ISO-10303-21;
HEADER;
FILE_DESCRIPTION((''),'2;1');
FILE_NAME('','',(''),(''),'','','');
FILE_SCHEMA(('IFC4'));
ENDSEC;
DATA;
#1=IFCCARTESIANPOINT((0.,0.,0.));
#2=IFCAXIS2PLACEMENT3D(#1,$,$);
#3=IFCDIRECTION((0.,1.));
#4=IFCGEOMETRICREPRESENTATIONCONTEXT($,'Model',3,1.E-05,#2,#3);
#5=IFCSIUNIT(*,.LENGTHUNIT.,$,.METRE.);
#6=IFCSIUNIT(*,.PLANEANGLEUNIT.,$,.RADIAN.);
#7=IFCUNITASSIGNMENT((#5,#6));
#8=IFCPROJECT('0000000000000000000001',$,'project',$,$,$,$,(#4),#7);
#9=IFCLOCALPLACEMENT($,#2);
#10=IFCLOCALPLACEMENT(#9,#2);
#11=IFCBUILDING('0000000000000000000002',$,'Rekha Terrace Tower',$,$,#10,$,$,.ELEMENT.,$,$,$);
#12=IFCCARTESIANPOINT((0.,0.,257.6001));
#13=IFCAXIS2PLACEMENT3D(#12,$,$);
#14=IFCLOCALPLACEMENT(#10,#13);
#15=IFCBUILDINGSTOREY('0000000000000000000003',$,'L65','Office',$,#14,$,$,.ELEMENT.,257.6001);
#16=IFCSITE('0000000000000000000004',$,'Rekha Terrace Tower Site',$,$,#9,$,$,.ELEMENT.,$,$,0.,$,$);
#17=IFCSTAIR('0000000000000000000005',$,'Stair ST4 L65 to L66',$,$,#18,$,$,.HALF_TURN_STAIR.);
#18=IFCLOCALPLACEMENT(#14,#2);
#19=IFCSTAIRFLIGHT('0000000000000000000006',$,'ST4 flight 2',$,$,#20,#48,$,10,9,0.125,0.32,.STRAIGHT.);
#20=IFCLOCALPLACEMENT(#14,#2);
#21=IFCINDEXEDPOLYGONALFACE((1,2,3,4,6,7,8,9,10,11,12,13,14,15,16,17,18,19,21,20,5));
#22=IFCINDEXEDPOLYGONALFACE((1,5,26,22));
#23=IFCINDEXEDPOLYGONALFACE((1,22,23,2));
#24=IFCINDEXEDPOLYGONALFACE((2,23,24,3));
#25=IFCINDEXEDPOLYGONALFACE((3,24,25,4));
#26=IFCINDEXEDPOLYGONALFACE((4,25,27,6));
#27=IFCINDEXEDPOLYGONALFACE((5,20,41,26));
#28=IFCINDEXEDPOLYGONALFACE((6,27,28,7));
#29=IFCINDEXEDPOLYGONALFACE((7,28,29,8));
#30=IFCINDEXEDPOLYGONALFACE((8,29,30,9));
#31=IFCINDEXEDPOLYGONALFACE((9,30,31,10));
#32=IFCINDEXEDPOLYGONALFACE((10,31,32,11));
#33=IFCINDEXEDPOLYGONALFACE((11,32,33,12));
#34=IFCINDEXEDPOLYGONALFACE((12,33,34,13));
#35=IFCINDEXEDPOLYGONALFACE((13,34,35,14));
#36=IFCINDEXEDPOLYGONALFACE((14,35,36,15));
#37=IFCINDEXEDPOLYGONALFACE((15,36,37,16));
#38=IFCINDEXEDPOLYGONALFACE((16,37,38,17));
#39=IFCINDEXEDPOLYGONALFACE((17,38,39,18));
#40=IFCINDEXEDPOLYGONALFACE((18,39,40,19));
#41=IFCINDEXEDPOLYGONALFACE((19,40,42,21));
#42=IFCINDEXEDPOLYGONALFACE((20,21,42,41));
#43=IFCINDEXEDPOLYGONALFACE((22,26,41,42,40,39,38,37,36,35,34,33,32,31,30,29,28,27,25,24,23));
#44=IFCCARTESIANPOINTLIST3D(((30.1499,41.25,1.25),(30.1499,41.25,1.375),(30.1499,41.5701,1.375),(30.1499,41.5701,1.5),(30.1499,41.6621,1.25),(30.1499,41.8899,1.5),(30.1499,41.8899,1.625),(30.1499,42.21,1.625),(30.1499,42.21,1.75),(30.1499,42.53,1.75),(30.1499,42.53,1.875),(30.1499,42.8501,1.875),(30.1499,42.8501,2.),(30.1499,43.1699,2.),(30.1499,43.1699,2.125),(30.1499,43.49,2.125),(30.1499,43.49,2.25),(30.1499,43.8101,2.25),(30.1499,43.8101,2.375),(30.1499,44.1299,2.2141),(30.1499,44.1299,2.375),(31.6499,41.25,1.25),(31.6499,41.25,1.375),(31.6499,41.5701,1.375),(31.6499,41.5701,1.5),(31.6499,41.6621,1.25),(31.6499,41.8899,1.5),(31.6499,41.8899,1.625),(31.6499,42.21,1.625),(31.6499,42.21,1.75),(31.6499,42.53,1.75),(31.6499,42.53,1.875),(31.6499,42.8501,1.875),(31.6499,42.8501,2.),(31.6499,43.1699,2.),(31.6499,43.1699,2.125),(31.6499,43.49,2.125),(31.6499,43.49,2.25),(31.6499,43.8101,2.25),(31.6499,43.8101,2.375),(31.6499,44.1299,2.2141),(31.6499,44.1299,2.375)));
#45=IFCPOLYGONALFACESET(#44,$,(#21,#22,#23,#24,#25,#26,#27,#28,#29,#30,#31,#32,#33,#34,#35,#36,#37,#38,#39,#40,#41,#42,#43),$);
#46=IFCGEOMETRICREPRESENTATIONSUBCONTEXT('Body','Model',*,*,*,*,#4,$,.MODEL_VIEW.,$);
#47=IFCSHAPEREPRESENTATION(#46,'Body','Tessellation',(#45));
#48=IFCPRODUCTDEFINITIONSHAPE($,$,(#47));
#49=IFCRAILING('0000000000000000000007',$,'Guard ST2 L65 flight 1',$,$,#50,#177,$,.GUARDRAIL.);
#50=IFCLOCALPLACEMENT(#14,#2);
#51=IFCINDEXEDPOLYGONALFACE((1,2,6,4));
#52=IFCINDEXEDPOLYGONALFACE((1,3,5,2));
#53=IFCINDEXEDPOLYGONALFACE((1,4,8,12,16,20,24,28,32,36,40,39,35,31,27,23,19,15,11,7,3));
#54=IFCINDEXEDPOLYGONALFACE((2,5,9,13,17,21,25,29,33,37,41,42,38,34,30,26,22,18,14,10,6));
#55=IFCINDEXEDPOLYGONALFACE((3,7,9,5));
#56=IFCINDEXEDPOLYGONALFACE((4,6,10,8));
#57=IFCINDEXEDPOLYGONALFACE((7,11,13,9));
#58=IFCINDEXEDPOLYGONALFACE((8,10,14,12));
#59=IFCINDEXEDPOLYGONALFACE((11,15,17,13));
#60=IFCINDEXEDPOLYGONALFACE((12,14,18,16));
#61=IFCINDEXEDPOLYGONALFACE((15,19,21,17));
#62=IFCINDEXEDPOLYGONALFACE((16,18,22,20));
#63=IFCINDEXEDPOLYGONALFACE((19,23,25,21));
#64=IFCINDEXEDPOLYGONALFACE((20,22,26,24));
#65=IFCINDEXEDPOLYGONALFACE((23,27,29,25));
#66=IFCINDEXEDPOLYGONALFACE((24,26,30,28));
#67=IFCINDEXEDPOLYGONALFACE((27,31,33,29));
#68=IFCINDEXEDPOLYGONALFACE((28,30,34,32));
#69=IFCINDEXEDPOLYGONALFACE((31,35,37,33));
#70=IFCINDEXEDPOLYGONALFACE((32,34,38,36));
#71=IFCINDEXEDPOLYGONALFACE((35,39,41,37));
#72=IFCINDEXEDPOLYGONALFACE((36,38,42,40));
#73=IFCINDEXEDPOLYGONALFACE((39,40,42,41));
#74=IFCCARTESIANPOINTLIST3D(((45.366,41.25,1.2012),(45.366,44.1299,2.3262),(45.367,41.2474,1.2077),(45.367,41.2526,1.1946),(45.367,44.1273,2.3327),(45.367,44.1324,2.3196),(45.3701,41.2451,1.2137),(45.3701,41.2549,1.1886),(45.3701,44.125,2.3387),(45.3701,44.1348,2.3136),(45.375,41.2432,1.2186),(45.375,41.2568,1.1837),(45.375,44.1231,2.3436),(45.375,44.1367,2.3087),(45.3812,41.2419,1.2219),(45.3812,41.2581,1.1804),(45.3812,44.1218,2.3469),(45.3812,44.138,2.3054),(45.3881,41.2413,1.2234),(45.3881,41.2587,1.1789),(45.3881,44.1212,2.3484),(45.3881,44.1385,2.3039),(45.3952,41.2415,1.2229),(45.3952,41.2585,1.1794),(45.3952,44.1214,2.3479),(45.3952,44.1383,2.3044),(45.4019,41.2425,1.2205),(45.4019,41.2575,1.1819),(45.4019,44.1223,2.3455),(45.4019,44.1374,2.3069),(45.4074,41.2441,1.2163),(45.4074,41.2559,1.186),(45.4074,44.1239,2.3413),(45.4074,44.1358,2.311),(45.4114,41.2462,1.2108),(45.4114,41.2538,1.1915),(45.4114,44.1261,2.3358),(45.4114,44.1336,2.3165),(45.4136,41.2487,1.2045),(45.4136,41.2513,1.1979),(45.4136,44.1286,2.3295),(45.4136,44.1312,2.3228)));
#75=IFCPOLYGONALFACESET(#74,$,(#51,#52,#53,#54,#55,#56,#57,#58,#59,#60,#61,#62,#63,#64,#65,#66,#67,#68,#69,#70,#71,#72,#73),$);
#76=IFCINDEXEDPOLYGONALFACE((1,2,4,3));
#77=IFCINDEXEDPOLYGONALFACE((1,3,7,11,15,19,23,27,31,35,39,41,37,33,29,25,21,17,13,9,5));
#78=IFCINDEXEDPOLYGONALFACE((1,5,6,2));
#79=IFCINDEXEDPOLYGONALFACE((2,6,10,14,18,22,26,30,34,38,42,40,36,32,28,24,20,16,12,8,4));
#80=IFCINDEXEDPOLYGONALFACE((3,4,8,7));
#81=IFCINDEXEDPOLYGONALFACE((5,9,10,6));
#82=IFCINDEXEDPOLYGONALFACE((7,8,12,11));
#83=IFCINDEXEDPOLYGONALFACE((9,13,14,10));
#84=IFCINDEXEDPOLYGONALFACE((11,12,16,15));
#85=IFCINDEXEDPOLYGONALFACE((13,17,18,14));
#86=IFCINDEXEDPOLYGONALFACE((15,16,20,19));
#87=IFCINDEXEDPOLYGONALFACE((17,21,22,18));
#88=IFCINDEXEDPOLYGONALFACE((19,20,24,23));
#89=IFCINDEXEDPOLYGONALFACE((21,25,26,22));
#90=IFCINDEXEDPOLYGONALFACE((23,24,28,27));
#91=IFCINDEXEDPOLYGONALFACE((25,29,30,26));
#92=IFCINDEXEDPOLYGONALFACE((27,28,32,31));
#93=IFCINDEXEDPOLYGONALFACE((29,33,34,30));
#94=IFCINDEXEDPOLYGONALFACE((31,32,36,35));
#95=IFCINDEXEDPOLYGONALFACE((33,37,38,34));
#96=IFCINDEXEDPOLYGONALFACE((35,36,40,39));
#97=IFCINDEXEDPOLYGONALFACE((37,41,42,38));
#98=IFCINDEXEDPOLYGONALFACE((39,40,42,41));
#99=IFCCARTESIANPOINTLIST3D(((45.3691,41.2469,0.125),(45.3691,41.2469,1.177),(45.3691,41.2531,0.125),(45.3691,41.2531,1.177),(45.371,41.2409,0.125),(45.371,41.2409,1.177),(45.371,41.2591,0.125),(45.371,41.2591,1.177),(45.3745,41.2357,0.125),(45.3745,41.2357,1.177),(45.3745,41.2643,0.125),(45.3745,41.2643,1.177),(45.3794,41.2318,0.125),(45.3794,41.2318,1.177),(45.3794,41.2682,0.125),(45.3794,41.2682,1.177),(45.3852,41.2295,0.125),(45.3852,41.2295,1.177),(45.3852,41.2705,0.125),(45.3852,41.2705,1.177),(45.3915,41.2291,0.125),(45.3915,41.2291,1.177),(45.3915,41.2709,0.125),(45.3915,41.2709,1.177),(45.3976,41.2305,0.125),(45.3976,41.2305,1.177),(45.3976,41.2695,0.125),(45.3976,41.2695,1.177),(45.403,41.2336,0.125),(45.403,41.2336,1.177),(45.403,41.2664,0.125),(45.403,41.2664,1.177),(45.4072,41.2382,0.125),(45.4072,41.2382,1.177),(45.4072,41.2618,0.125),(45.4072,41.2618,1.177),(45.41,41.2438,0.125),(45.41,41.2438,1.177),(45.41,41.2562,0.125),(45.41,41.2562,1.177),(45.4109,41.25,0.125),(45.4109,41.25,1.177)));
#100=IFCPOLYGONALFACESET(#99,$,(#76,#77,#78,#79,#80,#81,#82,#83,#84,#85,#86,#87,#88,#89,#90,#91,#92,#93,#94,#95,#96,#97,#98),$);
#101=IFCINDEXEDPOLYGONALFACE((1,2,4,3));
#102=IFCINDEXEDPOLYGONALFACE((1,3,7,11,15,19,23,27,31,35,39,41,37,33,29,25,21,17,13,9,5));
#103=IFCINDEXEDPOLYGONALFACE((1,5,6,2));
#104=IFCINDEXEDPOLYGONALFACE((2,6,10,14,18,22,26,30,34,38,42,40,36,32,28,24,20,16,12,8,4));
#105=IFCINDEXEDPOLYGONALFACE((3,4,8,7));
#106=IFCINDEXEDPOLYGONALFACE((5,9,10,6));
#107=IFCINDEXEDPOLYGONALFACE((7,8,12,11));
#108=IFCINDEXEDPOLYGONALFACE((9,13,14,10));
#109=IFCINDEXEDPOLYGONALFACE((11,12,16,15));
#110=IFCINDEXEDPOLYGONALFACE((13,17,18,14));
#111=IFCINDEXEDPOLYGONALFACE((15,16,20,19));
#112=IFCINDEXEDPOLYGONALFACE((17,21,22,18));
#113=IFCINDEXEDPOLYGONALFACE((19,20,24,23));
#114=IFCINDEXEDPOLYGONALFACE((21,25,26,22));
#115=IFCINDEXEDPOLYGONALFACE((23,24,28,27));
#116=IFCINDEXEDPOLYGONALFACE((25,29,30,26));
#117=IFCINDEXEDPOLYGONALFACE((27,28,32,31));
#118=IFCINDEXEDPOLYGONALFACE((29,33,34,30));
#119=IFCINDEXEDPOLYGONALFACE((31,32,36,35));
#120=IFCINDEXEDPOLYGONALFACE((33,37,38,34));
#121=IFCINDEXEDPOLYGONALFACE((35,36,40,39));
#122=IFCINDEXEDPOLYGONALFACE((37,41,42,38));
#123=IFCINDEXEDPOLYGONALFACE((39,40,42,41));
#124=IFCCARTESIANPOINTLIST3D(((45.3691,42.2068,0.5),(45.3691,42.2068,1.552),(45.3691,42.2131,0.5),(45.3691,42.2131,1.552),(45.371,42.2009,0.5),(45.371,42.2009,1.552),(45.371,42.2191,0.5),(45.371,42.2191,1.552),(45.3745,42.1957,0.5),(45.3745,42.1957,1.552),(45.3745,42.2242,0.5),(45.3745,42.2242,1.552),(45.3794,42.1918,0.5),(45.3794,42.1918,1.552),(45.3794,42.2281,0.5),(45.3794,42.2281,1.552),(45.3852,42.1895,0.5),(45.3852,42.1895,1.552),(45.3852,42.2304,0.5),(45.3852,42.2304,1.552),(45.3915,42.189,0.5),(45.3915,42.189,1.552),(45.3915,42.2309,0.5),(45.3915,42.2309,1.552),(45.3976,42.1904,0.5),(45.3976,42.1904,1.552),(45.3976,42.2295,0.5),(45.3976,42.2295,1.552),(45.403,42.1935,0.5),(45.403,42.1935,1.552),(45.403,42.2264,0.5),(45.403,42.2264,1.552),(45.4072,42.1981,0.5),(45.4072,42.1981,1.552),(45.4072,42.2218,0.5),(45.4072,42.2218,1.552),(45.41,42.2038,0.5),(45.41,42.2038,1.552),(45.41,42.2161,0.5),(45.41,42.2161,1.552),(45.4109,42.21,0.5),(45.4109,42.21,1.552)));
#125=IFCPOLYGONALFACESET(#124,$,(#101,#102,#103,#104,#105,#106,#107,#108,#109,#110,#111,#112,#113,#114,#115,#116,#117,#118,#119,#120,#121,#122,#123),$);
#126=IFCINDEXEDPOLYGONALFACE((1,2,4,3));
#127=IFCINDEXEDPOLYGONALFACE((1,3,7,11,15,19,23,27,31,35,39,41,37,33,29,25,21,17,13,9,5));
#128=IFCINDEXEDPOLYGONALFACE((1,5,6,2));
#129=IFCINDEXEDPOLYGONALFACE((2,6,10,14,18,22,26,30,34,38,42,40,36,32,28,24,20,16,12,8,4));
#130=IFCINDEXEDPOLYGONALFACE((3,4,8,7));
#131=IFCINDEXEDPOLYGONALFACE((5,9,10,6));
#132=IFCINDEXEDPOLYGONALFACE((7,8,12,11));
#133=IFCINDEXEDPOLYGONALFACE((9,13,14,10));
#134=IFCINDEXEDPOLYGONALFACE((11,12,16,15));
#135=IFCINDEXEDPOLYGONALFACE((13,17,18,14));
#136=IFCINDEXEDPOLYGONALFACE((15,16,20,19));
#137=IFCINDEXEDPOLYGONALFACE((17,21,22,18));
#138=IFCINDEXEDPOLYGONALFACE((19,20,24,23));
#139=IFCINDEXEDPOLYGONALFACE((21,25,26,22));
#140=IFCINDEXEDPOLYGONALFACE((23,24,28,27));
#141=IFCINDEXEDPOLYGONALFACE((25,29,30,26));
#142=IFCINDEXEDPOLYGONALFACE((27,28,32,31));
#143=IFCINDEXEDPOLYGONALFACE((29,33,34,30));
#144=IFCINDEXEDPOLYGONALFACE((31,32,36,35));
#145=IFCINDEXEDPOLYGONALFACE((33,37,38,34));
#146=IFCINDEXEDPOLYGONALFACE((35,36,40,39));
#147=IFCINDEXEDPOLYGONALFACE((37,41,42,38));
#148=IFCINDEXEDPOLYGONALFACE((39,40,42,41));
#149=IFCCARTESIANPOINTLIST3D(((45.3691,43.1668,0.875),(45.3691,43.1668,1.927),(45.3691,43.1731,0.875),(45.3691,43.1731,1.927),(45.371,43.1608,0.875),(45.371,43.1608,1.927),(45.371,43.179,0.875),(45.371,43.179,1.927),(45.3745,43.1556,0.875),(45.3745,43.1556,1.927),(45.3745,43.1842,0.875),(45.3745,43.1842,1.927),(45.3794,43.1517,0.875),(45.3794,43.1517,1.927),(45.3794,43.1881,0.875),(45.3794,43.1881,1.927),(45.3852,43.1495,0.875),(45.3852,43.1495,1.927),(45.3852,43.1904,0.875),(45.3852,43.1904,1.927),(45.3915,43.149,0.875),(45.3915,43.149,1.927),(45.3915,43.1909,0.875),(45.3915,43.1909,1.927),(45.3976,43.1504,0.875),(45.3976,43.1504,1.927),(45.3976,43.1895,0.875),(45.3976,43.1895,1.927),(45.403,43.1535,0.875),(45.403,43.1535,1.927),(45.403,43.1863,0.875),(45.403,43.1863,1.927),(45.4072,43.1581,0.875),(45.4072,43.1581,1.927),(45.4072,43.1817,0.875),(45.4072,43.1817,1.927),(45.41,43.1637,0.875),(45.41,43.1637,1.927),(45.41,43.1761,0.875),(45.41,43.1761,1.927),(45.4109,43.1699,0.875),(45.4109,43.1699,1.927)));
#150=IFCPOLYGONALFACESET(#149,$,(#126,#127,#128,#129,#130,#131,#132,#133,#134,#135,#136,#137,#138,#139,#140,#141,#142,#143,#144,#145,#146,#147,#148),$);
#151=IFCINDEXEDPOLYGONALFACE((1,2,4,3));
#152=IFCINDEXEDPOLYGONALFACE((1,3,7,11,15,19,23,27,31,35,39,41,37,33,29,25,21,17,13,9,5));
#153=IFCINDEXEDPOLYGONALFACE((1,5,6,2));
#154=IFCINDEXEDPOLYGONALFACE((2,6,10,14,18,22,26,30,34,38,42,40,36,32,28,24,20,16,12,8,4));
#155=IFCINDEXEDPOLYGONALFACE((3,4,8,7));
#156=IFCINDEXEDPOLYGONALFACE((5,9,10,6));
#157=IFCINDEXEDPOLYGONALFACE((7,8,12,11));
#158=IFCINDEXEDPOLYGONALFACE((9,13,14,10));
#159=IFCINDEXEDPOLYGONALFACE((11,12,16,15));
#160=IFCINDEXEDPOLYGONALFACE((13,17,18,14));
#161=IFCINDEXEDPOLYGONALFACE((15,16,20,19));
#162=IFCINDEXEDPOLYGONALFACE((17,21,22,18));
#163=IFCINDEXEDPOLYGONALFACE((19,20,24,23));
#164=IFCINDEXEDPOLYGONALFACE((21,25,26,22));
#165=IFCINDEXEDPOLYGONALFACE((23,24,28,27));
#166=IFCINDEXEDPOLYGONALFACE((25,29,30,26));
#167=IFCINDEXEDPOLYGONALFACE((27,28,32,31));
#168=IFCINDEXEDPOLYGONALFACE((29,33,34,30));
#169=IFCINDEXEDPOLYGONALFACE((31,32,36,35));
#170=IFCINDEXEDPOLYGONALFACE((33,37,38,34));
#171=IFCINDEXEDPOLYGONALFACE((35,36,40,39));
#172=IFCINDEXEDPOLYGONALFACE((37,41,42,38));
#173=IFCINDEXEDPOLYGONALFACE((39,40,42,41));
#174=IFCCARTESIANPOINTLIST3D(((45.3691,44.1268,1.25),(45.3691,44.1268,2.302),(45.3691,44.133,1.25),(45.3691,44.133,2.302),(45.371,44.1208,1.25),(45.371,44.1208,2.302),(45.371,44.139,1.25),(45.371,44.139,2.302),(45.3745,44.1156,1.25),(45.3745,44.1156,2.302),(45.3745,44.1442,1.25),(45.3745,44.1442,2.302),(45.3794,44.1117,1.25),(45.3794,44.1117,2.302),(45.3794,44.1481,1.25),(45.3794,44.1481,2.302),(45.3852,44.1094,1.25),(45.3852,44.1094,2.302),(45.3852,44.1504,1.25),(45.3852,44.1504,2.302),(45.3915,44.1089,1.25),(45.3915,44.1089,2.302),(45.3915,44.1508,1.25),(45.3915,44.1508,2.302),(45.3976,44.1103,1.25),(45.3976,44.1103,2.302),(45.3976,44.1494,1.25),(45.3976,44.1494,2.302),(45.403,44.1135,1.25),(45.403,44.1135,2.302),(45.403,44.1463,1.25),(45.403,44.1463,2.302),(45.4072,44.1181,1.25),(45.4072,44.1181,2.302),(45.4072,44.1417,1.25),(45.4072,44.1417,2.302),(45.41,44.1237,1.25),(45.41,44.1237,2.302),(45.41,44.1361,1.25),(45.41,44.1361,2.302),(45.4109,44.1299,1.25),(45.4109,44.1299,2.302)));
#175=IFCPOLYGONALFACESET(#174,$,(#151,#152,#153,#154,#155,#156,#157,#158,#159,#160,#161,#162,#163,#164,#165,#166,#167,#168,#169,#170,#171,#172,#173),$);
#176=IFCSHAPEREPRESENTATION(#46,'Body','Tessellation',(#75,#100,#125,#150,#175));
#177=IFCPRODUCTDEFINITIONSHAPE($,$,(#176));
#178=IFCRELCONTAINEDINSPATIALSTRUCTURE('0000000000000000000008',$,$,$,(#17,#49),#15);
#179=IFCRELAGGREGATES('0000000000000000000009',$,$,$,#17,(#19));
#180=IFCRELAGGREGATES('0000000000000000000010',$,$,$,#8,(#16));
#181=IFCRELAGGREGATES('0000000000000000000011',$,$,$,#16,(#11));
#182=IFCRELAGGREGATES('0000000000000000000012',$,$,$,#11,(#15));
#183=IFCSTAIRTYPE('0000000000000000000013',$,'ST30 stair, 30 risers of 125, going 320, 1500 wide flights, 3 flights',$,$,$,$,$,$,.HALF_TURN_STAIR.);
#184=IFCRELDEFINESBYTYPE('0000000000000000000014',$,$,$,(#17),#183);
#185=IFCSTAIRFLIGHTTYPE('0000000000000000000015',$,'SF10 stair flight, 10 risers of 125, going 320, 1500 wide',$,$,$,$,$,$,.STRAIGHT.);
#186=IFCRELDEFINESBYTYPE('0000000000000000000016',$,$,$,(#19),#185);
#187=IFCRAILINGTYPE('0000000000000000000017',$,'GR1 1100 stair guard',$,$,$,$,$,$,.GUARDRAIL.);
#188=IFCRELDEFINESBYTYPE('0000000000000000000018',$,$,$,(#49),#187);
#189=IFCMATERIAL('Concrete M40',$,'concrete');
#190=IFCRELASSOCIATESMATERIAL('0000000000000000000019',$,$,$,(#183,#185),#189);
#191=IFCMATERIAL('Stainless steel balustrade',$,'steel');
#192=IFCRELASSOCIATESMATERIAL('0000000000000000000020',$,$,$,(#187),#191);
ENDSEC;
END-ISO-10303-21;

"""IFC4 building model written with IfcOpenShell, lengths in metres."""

from ifc_helpers import new_model, si_unit, direction, frame, origin, origin_2d, place, context, subcontext, project, spatial, polyline, circle, outline, extrude, material, type_object, element, aggregate, save


model = new_model("IFC4")

# Units and contexts
model_context = context("Model", 3, precision=1e-05, world=origin(), true_north=direction((0.0, 1.0)))
body_context = subcontext(model_context, "Body", "Model", "MODEL_VIEW")
ifc_project = project(units=[si_unit("LENGTHUNIT", "METRE"), si_unit("PLANEANGLEUNIT", "RADIAN")], contexts=[model_context])

# Site, building, storey
site_placement = place(None, origin())
site = spatial("IfcSite", under=ifc_project, at=site_placement, Name="Rekha Terrace Tower Site", CompositionType="ELEMENT", RefElevation=0.0)
building_placement = place(site_placement, origin())
building = spatial("IfcBuilding", under=site, at=building_placement, Name="Rekha Terrace Tower", CompositionType="ELEMENT")
storey_placement = place(building_placement, frame((0.0, 0.0, 257.6001)))
storey = spatial("IfcBuildingStorey", under=building, at=storey_placement, Name="L65", Description="Office", CompositionType="ELEMENT", Elevation=257.6001)

# Stair, stair flight
ifc_material_1 = material(Name="Concrete M40", Category="concrete")
stair_type = type_object("IfcStairType", Name="ST30 stair, 30 risers of 125, going 320, 1500 wide flights, 3 flights", PredefinedType="HALF_TURN_STAIR", material=ifc_material_1)
stair_flight_type = type_object("IfcStairFlightType", Name="SF10 stair flight, 10 risers of 125, going 320, 1500 wide", PredefinedType="STRAIGHT", material=ifc_material_1)
stair_1_placement = place(storey_placement, origin())
stair_1 = element("IfcStair", 1, at=stair_1_placement, inside=storey, type_object=stair_type, Name="Stair ST4 L65 to L66", PredefinedType="HALF_TURN_STAIR")
stair_flight_1_placement = place(storey_placement, frame((30.8999, 41.25, 1.25), z_axis=(0.0, 0.0, 1.0), x_axis=(0.0, 1.0, 0.0)))
stair_flight_1 = element("IfcStairFlight", 2, at=stair_flight_1_placement, type_object=stair_flight_type, Name="ST4 flight 2", NumberOfRisers=10, NumberOfTreads=9, PredefinedType="STRAIGHT", RiserHeight=0.125, TreadLength=0.32, context=body_context, shape_type="SweptSolid", body=[
    extrude(outline(polyline([(0.0, 0.0), (0.0, 0.125), (0.3201, 0.125), (0.3201, 0.25), (0.6399, 0.25), (0.6399, 0.375), (0.96, 0.375), (0.96, 0.5), (1.28, 0.5), (1.28, 0.625), (1.6001, 0.625), (1.6001, 0.75), (1.9199, 0.75), (1.9199, 0.875), (2.24, 0.875), (2.24, 1.0), (2.5601, 1.0), (2.5601, 1.125), (2.8799, 1.125), (2.8799, 1.25), (2.8799, 0.9641), (0.4121, 0.0), (0.0, 0.0)])), frame((0.0, 0.75, 0.0), z_axis=(0.0, -1.0, 0.0), x_axis=(1.0, 0.0, 0.0)), (0.0, 0.0, 1.0), 1.5),
])
aggregate(stair_1, [stair_flight_1])

# Railing
ifc_material_2 = material(Name="Stainless steel balustrade", Category="steel")
railing_type_1 = type_object("IfcRailingType", Name="GR1 1100 stair guard", PredefinedType="GUARDRAIL", material=ifc_material_2)
railing_1_placement = place(storey_placement, frame((45.3899, 41.25, 0.125)))
element("IfcRailing", 3, at=railing_1_placement, inside=storey, type_object=railing_type_1, Name="Guard ST2 L65 flight 1", PredefinedType="GUARDRAIL", context=body_context, shape_type="SweptSolid", body=[
    extrude(circle(Radius=0.0239, at=origin_2d()), frame((0.0, 0.0, 1.0762), z_axis=(0.0, 0.931452, 0.363863), x_axis=(-1.0, 0.0, 0.0)), (0.0, 0.0, 1.0), 3.0918),
    extrude(circle(Radius=0.021, at=origin_2d()), origin(), (0.0, 0.0, 1.0), 1.052),
    extrude(circle(Radius=0.021, at=origin_2d()), frame((0.0, 0.96, 0.375)), (0.0, 0.0, 1.0), 1.052),
    extrude(circle(Radius=0.021, at=origin_2d()), frame((0.0, 1.9199, 0.75)), (0.0, 0.0, 1.0), 1.052),
    extrude(circle(Radius=0.021, at=origin_2d()), frame((0.0, 2.8799, 1.125)), (0.0, 0.0, 1.0), 1.052),
])

save(model, "model.ifc")
